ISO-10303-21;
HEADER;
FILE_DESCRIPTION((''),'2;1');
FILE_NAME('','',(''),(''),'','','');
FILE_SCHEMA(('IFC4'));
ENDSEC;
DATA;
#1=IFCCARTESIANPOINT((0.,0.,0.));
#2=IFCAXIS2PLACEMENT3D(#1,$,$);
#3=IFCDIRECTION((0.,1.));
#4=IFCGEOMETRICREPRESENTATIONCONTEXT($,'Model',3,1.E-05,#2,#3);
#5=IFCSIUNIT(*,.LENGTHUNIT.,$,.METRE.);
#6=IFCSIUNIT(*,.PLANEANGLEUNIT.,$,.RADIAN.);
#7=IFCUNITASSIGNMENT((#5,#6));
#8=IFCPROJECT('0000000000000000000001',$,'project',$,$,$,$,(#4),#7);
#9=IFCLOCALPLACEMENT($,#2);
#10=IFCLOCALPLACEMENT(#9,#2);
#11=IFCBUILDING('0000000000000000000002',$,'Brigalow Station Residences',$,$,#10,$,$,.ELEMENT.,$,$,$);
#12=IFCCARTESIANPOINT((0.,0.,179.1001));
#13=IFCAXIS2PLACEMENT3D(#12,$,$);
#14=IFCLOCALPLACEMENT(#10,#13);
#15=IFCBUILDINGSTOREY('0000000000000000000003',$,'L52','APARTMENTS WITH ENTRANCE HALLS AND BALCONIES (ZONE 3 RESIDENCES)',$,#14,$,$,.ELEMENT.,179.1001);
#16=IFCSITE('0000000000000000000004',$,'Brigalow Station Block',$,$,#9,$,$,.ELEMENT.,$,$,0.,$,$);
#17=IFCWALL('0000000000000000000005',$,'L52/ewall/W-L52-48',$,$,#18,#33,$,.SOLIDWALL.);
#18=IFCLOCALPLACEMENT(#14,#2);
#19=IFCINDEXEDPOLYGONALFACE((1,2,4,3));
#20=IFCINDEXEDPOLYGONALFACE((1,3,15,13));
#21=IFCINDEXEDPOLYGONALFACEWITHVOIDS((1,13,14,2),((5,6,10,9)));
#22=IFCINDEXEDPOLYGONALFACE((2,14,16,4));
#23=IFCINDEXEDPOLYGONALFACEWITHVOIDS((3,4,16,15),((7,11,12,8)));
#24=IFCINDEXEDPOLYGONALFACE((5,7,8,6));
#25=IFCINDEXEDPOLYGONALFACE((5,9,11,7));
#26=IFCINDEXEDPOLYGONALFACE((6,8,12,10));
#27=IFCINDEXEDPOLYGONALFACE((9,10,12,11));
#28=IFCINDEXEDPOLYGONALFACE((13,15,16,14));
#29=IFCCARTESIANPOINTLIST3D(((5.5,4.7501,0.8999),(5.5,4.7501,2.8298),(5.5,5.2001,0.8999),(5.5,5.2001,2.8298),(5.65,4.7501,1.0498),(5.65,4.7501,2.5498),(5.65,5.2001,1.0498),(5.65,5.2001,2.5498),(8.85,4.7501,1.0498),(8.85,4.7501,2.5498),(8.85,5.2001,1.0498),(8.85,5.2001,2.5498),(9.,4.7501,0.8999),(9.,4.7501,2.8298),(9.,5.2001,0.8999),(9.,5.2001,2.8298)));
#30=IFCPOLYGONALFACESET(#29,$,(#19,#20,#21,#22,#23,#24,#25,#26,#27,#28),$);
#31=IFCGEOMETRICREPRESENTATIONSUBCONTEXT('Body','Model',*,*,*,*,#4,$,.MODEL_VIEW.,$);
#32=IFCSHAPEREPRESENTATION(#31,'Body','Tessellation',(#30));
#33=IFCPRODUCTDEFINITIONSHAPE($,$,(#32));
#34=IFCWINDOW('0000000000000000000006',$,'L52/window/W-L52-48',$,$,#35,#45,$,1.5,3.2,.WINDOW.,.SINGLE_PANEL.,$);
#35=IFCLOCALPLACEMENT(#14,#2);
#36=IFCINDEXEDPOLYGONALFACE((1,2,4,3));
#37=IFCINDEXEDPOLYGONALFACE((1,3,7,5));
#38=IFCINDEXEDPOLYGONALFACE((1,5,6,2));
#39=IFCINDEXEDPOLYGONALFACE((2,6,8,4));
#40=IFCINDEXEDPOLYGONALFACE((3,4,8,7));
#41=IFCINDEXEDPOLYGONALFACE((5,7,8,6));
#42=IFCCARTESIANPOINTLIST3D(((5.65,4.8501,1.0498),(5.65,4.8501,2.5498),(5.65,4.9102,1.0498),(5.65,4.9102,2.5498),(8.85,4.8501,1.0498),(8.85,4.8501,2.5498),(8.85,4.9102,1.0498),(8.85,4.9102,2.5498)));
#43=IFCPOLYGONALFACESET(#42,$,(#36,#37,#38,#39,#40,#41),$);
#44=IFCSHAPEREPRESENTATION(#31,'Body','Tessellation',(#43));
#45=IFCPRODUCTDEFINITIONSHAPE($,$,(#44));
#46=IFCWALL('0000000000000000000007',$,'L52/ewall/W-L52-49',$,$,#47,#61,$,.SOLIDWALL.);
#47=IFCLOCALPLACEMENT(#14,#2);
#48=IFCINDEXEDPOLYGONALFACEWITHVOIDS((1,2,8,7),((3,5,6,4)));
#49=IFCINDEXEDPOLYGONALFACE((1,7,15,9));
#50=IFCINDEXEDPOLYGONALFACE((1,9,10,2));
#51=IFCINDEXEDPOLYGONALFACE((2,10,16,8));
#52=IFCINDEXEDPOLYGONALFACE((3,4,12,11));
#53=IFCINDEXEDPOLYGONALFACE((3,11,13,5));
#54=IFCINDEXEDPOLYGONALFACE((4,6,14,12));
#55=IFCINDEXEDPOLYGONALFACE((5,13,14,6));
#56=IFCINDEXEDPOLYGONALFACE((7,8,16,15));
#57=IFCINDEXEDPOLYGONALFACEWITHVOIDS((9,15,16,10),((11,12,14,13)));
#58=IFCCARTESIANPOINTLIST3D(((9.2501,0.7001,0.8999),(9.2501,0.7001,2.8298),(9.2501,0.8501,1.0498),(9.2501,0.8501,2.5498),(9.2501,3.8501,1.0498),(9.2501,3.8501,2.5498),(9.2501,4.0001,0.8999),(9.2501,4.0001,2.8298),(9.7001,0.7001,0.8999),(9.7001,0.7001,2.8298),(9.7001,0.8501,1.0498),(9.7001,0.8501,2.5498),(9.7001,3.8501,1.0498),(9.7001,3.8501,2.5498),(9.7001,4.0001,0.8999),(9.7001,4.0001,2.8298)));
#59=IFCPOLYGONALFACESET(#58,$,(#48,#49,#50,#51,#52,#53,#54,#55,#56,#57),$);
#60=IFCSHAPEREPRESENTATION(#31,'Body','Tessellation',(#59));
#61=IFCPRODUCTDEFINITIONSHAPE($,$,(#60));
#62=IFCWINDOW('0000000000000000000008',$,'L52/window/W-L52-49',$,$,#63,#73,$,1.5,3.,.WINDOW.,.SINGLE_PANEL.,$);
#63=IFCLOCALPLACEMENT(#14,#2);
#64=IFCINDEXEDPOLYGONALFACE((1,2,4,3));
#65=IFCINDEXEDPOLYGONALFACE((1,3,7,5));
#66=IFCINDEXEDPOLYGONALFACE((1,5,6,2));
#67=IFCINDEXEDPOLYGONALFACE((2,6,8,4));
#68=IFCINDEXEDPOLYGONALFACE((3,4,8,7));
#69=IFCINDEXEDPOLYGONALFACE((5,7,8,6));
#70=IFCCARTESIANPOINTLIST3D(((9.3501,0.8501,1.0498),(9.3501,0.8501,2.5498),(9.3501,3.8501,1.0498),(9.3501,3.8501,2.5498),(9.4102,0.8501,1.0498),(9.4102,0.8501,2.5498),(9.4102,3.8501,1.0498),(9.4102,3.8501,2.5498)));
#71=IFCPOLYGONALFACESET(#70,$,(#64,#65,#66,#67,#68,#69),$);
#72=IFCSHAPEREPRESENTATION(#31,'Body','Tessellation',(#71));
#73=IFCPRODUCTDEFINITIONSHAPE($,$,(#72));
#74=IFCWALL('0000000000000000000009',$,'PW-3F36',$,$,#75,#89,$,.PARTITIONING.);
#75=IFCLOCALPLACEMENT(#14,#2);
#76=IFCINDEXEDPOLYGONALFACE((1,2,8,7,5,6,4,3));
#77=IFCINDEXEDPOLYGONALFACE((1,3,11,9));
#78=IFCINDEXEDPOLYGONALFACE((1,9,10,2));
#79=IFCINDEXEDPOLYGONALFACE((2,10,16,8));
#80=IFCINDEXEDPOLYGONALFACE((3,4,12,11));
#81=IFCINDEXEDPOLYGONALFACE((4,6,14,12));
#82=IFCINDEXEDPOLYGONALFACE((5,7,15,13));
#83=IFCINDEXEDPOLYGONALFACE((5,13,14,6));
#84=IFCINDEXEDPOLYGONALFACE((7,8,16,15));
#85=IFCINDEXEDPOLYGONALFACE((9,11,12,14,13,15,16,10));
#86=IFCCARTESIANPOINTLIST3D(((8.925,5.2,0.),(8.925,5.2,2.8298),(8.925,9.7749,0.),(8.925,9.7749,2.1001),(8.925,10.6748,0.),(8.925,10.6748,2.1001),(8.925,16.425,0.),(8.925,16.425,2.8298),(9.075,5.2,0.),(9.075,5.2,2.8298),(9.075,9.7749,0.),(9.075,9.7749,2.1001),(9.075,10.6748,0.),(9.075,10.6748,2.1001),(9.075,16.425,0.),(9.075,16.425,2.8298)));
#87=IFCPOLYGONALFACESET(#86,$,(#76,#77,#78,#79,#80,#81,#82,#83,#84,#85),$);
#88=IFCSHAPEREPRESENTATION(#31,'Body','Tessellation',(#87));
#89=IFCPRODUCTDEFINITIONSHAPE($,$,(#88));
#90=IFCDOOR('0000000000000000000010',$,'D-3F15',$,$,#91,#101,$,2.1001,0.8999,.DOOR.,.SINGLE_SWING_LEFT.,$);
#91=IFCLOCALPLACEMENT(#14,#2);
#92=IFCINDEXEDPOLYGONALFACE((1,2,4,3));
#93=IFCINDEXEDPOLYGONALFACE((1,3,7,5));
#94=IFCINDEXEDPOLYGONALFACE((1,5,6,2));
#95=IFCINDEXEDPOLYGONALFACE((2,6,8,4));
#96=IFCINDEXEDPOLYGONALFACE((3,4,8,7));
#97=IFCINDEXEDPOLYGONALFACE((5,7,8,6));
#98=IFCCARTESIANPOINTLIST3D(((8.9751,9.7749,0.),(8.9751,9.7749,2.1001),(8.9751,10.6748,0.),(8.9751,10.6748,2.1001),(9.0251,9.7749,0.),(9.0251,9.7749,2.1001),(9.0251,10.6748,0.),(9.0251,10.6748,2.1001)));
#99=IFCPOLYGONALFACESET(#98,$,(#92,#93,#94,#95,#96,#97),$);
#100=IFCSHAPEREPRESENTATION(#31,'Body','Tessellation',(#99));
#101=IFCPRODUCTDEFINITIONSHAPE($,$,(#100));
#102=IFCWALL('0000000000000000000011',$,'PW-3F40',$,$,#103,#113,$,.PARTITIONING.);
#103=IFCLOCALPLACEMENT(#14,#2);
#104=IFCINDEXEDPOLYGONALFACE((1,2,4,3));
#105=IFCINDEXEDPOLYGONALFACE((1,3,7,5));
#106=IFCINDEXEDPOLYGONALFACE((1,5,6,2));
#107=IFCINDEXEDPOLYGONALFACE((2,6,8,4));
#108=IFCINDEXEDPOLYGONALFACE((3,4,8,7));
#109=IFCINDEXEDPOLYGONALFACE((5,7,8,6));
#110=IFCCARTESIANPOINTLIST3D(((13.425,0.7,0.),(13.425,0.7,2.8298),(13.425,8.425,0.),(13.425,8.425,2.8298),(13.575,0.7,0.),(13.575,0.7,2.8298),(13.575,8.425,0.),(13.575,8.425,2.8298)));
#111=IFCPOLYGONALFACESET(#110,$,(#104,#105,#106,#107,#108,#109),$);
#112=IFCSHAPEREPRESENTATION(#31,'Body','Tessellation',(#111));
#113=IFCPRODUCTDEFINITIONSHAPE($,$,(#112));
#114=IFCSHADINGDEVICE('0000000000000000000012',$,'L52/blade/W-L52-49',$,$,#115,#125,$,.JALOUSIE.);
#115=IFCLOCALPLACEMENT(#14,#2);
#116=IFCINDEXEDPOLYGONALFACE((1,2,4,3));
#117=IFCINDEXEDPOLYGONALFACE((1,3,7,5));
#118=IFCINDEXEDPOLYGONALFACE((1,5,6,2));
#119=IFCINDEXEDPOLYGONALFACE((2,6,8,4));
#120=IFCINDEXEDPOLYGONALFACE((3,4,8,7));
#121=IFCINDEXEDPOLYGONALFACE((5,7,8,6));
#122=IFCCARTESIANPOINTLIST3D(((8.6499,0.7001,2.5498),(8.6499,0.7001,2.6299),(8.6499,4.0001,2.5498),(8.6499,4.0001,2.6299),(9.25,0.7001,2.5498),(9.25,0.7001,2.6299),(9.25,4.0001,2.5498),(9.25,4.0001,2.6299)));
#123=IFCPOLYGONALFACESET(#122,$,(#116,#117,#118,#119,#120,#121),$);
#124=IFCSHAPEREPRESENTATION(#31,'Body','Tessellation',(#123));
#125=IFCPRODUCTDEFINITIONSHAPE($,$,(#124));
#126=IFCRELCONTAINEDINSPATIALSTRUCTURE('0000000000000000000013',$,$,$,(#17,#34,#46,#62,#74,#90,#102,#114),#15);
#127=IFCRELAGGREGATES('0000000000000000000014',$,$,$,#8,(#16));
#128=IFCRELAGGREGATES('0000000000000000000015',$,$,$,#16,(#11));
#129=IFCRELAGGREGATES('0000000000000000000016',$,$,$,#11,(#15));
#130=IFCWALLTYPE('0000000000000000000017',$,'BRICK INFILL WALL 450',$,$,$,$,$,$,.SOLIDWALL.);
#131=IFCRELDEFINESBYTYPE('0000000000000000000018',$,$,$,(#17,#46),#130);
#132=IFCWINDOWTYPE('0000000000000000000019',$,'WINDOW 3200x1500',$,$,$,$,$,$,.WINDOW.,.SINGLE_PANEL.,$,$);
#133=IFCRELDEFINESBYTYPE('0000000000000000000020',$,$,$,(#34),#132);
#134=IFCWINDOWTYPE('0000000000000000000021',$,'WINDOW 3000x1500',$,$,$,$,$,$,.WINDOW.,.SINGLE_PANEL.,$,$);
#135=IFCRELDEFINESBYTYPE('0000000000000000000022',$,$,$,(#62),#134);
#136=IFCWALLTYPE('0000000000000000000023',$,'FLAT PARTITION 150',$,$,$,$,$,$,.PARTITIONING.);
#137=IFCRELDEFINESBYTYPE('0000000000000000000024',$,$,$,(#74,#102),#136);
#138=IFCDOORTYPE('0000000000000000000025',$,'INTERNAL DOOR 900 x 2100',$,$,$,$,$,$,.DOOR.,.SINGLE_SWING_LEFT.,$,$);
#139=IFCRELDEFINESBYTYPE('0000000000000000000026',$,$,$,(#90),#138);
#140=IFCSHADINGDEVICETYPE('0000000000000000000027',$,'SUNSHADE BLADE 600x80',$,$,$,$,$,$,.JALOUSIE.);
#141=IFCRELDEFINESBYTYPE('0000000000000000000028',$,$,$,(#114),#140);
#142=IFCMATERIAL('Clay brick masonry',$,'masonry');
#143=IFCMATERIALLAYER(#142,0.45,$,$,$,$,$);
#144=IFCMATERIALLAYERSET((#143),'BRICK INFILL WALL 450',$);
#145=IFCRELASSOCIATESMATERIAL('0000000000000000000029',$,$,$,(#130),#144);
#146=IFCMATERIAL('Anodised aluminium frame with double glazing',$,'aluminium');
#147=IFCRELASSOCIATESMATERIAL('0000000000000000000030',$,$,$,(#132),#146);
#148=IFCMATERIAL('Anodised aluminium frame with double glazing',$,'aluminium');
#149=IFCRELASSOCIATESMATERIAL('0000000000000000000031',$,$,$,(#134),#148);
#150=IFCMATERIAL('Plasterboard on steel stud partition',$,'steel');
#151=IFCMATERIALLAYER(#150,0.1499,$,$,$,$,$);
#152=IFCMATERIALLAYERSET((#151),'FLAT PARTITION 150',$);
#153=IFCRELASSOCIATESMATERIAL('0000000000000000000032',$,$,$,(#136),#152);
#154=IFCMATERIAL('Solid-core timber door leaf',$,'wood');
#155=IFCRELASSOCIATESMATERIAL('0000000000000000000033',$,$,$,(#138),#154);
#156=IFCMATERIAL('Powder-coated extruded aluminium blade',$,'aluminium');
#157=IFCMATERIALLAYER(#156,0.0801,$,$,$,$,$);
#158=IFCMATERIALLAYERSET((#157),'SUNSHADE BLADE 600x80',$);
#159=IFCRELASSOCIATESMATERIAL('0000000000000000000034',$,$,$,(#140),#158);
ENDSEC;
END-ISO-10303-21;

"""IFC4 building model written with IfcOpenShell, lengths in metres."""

from ifc_helpers import new_model, si_unit, direction, frame, frame_2d, origin, origin_2d, place, context, subcontext, project, spatial, rectangle, extrude, material, layer, layer_set, type_object, element, fill, save


model = new_model("IFC4")

# Units and contexts
model_context = context("Model", 3, precision=1e-05, world=origin(), true_north=direction((0.0, 1.0)))
body_context = subcontext(model_context, "Body", "Model", "MODEL_VIEW")
ifc_project = project(units=[si_unit("LENGTHUNIT", "METRE"), si_unit("PLANEANGLEUNIT", "RADIAN")], contexts=[model_context])

# Site, building, storey
site_placement = place(None, origin())
site = spatial("IfcSite", under=ifc_project, at=site_placement, Name="Brigalow Station Block", CompositionType="ELEMENT", RefElevation=0.0)
building_placement = place(site_placement, origin())
building = spatial("IfcBuilding", under=site, at=building_placement, Name="Brigalow Station Residences", CompositionType="ELEMENT")
storey_placement = place(building_placement, frame((0.0, 0.0, 179.1001)))
storey = spatial("IfcBuildingStorey", under=building, at=storey_placement, Name="L52", Description="APARTMENTS WITH ENTRANCE HALLS AND BALCONIES (ZONE 3 RESIDENCES)", CompositionType="ELEMENT", Elevation=179.1001)

# Walls, openings, windows
ifc_material_1 = material(Name="Clay brick masonry", Category="masonry")
ifc_layer_1 = layer(ifc_material_1, 0.45)
ifc_layer_set_1 = layer_set([ifc_layer_1], Name="BRICK INFILL WALL 450")
wall_type_1 = type_object("IfcWallType", Name="BRICK INFILL WALL 450", PredefinedType="SOLIDWALL", material=ifc_layer_set_1)
wall_1_placement = place(storey_placement, frame((5.5, 4.9751, 0.8999), z_axis=(0.0, 0.0, 1.0), x_axis=(1.0, 0.0, 0.0)))
wall_1 = element("IfcWall", 1, at=wall_1_placement, inside=storey, type_object=wall_type_1, Name="L52/ewall/W-L52-48", PredefinedType="SOLIDWALL", context=body_context, shape_type="SweptSolid", body=[
    extrude(rectangle(XDim=3.5, YDim=0.45, at=frame_2d((1.75, 0.0))), origin(), (0.0, 0.0, 1.0), 1.9299),
])
opening_1_placement = place(wall_1_placement, frame((0.1499, 0.0, 0.1499)))
opening_1 = element("IfcOpeningElement", 2, at=opening_1_placement, cuts=wall_1, PredefinedType="OPENING", context=body_context, shape_type="SweptSolid", body=[
    extrude(rectangle(XDim=3.2, YDim=1.5, at=frame_2d((1.6001, 0.75))), frame((0.0, 0.2349, 0.0), z_axis=(0.0, -1.0, 0.0), x_axis=(1.0, 0.0, 0.0)), (0.0, 0.0, 1.0), 0.47),
])
ifc_material_2 = material(Name="Anodised aluminium frame with double glazing", Category="aluminium")
window_type_1 = type_object("IfcWindowType", Name="WINDOW 3200x1500", PartitioningType="SINGLE_PANEL", PredefinedType="WINDOW", material=ifc_material_2)
window_1_placement = place(opening_1_placement, origin())
window_1 = element("IfcWindow", 3, at=window_1_placement, inside=storey, type_object=window_type_1, Name="L52/window/W-L52-48", OverallHeight=1.5, OverallWidth=3.2, PartitioningType="SINGLE_PANEL", PredefinedType="WINDOW", context=body_context, shape_type="SweptSolid", body=[
    extrude(rectangle(XDim=3.2, YDim=1.5, at=frame_2d((1.6001, 0.75))), frame((0.0, -0.0649, 0.0), z_axis=(0.0, -1.0, 0.0), x_axis=(1.0, 0.0, 0.0)), (0.0, 0.0, 1.0), 0.0601),
])
fill(opening_1, window_1)
wall_2_placement = place(storey_placement, frame((9.4751, 4.0, 0.8999), z_axis=(0.0, 0.0, 1.0), x_axis=(0.0, -1.0, 0.0)))
wall_2 = element("IfcWall", 4, at=wall_2_placement, inside=storey, type_object=wall_type_1, Name="L52/ewall/W-L52-49", PredefinedType="SOLIDWALL", context=body_context, shape_type="SweptSolid", body=[
    extrude(rectangle(XDim=3.3, YDim=0.45, at=frame_2d((1.6499, 0.0))), origin(), (0.0, 0.0, 1.0), 1.9299),
])
opening_2_placement = place(wall_2_placement, frame((0.1499, 0.0, 0.1499)))
opening_2 = element("IfcOpeningElement", 5, at=opening_2_placement, cuts=wall_2, PredefinedType="OPENING", context=body_context, shape_type="SweptSolid", body=[
    extrude(rectangle(XDim=3.0, YDim=1.5, at=frame_2d((1.5, 0.75))), frame((0.0, 0.2349, 0.0), z_axis=(0.0, -1.0, 0.0), x_axis=(1.0, 0.0, 0.0)), (0.0, 0.0, 1.0), 0.47),
])
ifc_material_3 = material(Name="Anodised aluminium frame with double glazing", Category="aluminium")
window_type_2 = type_object("IfcWindowType", Name="WINDOW 3000x1500", PartitioningType="SINGLE_PANEL", PredefinedType="WINDOW", material=ifc_material_3)
window_2_placement = place(opening_2_placement, origin())
window_2 = element("IfcWindow", 6, at=window_2_placement, inside=storey, type_object=window_type_2, Name="L52/window/W-L52-49", OverallHeight=1.5, OverallWidth=3.0, PartitioningType="SINGLE_PANEL", PredefinedType="WINDOW", context=body_context, shape_type="SweptSolid", body=[
    extrude(rectangle(XDim=3.0, YDim=1.5, at=frame_2d((1.5, 0.75))), frame((0.0, -0.0649, 0.0), z_axis=(0.0, -1.0, 0.0), x_axis=(1.0, 0.0, 0.0)), (0.0, 0.0, 1.0), 0.0601),
])
fill(opening_2, window_2)

# Wall, opening, door
ifc_material_4 = material(Name="Plasterboard on steel stud partition", Category="steel")
ifc_layer_2 = layer(ifc_material_4, 0.1499)
ifc_layer_set_2 = layer_set([ifc_layer_2], Name="FLAT PARTITION 150")
wall_type_2 = type_object("IfcWallType", Name="FLAT PARTITION 150", PredefinedType="PARTITIONING", material=ifc_layer_set_2)
wall_3_placement = place(storey_placement, frame((9.0, 5.2, 0.0), z_axis=(0.0, 0.0, 1.0), x_axis=(0.0, 1.0, 0.0)))
wall_3 = element("IfcWall", 7, at=wall_3_placement, inside=storey, type_object=wall_type_2, Name="PW-3F36", PredefinedType="PARTITIONING", context=body_context, shape_type="SweptSolid", body=[
    extrude(rectangle(XDim=11.2251, YDim=0.1499, at=frame_2d((5.6125, 0.0))), origin(), (0.0, 0.0, 1.0), 2.8298),
])
opening_3_placement = place(wall_3_placement, frame((4.575, 0.0, 0.0)))
opening_3 = element("IfcOpeningElement", 8, at=opening_3_placement, cuts=wall_3, PredefinedType="OPENING", context=body_context, shape_type="SweptSolid", body=[
    extrude(rectangle(XDim=0.8999, YDim=2.1001, at=frame_2d((0.45, 1.05))), frame((0.0, 0.085, 0.0), z_axis=(0.0, -1.0, 0.0), x_axis=(1.0, 0.0, 0.0)), (0.0, 0.0, 1.0), 0.1699),
])
ifc_material_5 = material(Name="Solid-core timber door leaf", Category="wood")
door_type = type_object("IfcDoorType", Name="INTERNAL DOOR 900 x 2100", OperationType="SINGLE_SWING_LEFT", PredefinedType="DOOR", material=ifc_material_5)
door_placement = place(opening_3_placement, origin())
door = element("IfcDoor", 9, at=door_placement, inside=storey, type_object=door_type, Name="D-3F15", OperationType="SINGLE_SWING_LEFT", OverallHeight=2.1001, OverallWidth=0.8999, PredefinedType="DOOR", context=body_context, shape_type="SweptSolid", body=[
    extrude(rectangle(XDim=0.8999, YDim=2.1001, at=frame_2d((0.45, 1.05))), frame((0.0, 0.0249, 0.0), z_axis=(0.0, -1.0, 0.0), x_axis=(1.0, 0.0, 0.0)), (0.0, 0.0, 1.0), 0.05),
])
fill(opening_3, door)

# Wall
wall_4_placement = place(storey_placement, frame((13.5, 0.7, 0.0), z_axis=(0.0, 0.0, 1.0), x_axis=(0.0, 1.0, 0.0)))
element("IfcWall", 10, at=wall_4_placement, inside=storey, type_object=wall_type_2, Name="PW-3F40", PredefinedType="PARTITIONING", context=body_context, shape_type="SweptSolid", body=[
    extrude(rectangle(XDim=7.7251, YDim=0.1499, at=frame_2d((3.8625, 0.0))), origin(), (0.0, 0.0, 1.0), 2.8298),
])

# Shading device
ifc_material_6 = material(Name="Powder-coated extruded aluminium blade", Category="aluminium")
ifc_layer_3 = layer(ifc_material_6, 0.0801)
ifc_layer_set_3 = layer_set([ifc_layer_3], Name="SUNSHADE BLADE 600x80")
shading_device_type = type_object("IfcShadingDeviceType", Name="SUNSHADE BLADE 600x80", PredefinedType="JALOUSIE", material=ifc_layer_set_3)
shading_device_placement = place(storey_placement, frame((8.95, 2.3501, 2.5498), z_axis=(0.0, 0.0, 1.0), x_axis=(0.0, -1.0, 0.0)))
element("IfcShadingDevice", 11, at=shading_device_placement, inside=storey, type_object=shading_device_type, Name="L52/blade/W-L52-49", PredefinedType="JALOUSIE", context=body_context, shape_type="SweptSolid", body=[
    extrude(rectangle(XDim=3.3, YDim=0.6001, at=origin_2d()), origin(), (0.0, 0.0, 1.0), 0.0801),
])

save(model, "model.ifc")
